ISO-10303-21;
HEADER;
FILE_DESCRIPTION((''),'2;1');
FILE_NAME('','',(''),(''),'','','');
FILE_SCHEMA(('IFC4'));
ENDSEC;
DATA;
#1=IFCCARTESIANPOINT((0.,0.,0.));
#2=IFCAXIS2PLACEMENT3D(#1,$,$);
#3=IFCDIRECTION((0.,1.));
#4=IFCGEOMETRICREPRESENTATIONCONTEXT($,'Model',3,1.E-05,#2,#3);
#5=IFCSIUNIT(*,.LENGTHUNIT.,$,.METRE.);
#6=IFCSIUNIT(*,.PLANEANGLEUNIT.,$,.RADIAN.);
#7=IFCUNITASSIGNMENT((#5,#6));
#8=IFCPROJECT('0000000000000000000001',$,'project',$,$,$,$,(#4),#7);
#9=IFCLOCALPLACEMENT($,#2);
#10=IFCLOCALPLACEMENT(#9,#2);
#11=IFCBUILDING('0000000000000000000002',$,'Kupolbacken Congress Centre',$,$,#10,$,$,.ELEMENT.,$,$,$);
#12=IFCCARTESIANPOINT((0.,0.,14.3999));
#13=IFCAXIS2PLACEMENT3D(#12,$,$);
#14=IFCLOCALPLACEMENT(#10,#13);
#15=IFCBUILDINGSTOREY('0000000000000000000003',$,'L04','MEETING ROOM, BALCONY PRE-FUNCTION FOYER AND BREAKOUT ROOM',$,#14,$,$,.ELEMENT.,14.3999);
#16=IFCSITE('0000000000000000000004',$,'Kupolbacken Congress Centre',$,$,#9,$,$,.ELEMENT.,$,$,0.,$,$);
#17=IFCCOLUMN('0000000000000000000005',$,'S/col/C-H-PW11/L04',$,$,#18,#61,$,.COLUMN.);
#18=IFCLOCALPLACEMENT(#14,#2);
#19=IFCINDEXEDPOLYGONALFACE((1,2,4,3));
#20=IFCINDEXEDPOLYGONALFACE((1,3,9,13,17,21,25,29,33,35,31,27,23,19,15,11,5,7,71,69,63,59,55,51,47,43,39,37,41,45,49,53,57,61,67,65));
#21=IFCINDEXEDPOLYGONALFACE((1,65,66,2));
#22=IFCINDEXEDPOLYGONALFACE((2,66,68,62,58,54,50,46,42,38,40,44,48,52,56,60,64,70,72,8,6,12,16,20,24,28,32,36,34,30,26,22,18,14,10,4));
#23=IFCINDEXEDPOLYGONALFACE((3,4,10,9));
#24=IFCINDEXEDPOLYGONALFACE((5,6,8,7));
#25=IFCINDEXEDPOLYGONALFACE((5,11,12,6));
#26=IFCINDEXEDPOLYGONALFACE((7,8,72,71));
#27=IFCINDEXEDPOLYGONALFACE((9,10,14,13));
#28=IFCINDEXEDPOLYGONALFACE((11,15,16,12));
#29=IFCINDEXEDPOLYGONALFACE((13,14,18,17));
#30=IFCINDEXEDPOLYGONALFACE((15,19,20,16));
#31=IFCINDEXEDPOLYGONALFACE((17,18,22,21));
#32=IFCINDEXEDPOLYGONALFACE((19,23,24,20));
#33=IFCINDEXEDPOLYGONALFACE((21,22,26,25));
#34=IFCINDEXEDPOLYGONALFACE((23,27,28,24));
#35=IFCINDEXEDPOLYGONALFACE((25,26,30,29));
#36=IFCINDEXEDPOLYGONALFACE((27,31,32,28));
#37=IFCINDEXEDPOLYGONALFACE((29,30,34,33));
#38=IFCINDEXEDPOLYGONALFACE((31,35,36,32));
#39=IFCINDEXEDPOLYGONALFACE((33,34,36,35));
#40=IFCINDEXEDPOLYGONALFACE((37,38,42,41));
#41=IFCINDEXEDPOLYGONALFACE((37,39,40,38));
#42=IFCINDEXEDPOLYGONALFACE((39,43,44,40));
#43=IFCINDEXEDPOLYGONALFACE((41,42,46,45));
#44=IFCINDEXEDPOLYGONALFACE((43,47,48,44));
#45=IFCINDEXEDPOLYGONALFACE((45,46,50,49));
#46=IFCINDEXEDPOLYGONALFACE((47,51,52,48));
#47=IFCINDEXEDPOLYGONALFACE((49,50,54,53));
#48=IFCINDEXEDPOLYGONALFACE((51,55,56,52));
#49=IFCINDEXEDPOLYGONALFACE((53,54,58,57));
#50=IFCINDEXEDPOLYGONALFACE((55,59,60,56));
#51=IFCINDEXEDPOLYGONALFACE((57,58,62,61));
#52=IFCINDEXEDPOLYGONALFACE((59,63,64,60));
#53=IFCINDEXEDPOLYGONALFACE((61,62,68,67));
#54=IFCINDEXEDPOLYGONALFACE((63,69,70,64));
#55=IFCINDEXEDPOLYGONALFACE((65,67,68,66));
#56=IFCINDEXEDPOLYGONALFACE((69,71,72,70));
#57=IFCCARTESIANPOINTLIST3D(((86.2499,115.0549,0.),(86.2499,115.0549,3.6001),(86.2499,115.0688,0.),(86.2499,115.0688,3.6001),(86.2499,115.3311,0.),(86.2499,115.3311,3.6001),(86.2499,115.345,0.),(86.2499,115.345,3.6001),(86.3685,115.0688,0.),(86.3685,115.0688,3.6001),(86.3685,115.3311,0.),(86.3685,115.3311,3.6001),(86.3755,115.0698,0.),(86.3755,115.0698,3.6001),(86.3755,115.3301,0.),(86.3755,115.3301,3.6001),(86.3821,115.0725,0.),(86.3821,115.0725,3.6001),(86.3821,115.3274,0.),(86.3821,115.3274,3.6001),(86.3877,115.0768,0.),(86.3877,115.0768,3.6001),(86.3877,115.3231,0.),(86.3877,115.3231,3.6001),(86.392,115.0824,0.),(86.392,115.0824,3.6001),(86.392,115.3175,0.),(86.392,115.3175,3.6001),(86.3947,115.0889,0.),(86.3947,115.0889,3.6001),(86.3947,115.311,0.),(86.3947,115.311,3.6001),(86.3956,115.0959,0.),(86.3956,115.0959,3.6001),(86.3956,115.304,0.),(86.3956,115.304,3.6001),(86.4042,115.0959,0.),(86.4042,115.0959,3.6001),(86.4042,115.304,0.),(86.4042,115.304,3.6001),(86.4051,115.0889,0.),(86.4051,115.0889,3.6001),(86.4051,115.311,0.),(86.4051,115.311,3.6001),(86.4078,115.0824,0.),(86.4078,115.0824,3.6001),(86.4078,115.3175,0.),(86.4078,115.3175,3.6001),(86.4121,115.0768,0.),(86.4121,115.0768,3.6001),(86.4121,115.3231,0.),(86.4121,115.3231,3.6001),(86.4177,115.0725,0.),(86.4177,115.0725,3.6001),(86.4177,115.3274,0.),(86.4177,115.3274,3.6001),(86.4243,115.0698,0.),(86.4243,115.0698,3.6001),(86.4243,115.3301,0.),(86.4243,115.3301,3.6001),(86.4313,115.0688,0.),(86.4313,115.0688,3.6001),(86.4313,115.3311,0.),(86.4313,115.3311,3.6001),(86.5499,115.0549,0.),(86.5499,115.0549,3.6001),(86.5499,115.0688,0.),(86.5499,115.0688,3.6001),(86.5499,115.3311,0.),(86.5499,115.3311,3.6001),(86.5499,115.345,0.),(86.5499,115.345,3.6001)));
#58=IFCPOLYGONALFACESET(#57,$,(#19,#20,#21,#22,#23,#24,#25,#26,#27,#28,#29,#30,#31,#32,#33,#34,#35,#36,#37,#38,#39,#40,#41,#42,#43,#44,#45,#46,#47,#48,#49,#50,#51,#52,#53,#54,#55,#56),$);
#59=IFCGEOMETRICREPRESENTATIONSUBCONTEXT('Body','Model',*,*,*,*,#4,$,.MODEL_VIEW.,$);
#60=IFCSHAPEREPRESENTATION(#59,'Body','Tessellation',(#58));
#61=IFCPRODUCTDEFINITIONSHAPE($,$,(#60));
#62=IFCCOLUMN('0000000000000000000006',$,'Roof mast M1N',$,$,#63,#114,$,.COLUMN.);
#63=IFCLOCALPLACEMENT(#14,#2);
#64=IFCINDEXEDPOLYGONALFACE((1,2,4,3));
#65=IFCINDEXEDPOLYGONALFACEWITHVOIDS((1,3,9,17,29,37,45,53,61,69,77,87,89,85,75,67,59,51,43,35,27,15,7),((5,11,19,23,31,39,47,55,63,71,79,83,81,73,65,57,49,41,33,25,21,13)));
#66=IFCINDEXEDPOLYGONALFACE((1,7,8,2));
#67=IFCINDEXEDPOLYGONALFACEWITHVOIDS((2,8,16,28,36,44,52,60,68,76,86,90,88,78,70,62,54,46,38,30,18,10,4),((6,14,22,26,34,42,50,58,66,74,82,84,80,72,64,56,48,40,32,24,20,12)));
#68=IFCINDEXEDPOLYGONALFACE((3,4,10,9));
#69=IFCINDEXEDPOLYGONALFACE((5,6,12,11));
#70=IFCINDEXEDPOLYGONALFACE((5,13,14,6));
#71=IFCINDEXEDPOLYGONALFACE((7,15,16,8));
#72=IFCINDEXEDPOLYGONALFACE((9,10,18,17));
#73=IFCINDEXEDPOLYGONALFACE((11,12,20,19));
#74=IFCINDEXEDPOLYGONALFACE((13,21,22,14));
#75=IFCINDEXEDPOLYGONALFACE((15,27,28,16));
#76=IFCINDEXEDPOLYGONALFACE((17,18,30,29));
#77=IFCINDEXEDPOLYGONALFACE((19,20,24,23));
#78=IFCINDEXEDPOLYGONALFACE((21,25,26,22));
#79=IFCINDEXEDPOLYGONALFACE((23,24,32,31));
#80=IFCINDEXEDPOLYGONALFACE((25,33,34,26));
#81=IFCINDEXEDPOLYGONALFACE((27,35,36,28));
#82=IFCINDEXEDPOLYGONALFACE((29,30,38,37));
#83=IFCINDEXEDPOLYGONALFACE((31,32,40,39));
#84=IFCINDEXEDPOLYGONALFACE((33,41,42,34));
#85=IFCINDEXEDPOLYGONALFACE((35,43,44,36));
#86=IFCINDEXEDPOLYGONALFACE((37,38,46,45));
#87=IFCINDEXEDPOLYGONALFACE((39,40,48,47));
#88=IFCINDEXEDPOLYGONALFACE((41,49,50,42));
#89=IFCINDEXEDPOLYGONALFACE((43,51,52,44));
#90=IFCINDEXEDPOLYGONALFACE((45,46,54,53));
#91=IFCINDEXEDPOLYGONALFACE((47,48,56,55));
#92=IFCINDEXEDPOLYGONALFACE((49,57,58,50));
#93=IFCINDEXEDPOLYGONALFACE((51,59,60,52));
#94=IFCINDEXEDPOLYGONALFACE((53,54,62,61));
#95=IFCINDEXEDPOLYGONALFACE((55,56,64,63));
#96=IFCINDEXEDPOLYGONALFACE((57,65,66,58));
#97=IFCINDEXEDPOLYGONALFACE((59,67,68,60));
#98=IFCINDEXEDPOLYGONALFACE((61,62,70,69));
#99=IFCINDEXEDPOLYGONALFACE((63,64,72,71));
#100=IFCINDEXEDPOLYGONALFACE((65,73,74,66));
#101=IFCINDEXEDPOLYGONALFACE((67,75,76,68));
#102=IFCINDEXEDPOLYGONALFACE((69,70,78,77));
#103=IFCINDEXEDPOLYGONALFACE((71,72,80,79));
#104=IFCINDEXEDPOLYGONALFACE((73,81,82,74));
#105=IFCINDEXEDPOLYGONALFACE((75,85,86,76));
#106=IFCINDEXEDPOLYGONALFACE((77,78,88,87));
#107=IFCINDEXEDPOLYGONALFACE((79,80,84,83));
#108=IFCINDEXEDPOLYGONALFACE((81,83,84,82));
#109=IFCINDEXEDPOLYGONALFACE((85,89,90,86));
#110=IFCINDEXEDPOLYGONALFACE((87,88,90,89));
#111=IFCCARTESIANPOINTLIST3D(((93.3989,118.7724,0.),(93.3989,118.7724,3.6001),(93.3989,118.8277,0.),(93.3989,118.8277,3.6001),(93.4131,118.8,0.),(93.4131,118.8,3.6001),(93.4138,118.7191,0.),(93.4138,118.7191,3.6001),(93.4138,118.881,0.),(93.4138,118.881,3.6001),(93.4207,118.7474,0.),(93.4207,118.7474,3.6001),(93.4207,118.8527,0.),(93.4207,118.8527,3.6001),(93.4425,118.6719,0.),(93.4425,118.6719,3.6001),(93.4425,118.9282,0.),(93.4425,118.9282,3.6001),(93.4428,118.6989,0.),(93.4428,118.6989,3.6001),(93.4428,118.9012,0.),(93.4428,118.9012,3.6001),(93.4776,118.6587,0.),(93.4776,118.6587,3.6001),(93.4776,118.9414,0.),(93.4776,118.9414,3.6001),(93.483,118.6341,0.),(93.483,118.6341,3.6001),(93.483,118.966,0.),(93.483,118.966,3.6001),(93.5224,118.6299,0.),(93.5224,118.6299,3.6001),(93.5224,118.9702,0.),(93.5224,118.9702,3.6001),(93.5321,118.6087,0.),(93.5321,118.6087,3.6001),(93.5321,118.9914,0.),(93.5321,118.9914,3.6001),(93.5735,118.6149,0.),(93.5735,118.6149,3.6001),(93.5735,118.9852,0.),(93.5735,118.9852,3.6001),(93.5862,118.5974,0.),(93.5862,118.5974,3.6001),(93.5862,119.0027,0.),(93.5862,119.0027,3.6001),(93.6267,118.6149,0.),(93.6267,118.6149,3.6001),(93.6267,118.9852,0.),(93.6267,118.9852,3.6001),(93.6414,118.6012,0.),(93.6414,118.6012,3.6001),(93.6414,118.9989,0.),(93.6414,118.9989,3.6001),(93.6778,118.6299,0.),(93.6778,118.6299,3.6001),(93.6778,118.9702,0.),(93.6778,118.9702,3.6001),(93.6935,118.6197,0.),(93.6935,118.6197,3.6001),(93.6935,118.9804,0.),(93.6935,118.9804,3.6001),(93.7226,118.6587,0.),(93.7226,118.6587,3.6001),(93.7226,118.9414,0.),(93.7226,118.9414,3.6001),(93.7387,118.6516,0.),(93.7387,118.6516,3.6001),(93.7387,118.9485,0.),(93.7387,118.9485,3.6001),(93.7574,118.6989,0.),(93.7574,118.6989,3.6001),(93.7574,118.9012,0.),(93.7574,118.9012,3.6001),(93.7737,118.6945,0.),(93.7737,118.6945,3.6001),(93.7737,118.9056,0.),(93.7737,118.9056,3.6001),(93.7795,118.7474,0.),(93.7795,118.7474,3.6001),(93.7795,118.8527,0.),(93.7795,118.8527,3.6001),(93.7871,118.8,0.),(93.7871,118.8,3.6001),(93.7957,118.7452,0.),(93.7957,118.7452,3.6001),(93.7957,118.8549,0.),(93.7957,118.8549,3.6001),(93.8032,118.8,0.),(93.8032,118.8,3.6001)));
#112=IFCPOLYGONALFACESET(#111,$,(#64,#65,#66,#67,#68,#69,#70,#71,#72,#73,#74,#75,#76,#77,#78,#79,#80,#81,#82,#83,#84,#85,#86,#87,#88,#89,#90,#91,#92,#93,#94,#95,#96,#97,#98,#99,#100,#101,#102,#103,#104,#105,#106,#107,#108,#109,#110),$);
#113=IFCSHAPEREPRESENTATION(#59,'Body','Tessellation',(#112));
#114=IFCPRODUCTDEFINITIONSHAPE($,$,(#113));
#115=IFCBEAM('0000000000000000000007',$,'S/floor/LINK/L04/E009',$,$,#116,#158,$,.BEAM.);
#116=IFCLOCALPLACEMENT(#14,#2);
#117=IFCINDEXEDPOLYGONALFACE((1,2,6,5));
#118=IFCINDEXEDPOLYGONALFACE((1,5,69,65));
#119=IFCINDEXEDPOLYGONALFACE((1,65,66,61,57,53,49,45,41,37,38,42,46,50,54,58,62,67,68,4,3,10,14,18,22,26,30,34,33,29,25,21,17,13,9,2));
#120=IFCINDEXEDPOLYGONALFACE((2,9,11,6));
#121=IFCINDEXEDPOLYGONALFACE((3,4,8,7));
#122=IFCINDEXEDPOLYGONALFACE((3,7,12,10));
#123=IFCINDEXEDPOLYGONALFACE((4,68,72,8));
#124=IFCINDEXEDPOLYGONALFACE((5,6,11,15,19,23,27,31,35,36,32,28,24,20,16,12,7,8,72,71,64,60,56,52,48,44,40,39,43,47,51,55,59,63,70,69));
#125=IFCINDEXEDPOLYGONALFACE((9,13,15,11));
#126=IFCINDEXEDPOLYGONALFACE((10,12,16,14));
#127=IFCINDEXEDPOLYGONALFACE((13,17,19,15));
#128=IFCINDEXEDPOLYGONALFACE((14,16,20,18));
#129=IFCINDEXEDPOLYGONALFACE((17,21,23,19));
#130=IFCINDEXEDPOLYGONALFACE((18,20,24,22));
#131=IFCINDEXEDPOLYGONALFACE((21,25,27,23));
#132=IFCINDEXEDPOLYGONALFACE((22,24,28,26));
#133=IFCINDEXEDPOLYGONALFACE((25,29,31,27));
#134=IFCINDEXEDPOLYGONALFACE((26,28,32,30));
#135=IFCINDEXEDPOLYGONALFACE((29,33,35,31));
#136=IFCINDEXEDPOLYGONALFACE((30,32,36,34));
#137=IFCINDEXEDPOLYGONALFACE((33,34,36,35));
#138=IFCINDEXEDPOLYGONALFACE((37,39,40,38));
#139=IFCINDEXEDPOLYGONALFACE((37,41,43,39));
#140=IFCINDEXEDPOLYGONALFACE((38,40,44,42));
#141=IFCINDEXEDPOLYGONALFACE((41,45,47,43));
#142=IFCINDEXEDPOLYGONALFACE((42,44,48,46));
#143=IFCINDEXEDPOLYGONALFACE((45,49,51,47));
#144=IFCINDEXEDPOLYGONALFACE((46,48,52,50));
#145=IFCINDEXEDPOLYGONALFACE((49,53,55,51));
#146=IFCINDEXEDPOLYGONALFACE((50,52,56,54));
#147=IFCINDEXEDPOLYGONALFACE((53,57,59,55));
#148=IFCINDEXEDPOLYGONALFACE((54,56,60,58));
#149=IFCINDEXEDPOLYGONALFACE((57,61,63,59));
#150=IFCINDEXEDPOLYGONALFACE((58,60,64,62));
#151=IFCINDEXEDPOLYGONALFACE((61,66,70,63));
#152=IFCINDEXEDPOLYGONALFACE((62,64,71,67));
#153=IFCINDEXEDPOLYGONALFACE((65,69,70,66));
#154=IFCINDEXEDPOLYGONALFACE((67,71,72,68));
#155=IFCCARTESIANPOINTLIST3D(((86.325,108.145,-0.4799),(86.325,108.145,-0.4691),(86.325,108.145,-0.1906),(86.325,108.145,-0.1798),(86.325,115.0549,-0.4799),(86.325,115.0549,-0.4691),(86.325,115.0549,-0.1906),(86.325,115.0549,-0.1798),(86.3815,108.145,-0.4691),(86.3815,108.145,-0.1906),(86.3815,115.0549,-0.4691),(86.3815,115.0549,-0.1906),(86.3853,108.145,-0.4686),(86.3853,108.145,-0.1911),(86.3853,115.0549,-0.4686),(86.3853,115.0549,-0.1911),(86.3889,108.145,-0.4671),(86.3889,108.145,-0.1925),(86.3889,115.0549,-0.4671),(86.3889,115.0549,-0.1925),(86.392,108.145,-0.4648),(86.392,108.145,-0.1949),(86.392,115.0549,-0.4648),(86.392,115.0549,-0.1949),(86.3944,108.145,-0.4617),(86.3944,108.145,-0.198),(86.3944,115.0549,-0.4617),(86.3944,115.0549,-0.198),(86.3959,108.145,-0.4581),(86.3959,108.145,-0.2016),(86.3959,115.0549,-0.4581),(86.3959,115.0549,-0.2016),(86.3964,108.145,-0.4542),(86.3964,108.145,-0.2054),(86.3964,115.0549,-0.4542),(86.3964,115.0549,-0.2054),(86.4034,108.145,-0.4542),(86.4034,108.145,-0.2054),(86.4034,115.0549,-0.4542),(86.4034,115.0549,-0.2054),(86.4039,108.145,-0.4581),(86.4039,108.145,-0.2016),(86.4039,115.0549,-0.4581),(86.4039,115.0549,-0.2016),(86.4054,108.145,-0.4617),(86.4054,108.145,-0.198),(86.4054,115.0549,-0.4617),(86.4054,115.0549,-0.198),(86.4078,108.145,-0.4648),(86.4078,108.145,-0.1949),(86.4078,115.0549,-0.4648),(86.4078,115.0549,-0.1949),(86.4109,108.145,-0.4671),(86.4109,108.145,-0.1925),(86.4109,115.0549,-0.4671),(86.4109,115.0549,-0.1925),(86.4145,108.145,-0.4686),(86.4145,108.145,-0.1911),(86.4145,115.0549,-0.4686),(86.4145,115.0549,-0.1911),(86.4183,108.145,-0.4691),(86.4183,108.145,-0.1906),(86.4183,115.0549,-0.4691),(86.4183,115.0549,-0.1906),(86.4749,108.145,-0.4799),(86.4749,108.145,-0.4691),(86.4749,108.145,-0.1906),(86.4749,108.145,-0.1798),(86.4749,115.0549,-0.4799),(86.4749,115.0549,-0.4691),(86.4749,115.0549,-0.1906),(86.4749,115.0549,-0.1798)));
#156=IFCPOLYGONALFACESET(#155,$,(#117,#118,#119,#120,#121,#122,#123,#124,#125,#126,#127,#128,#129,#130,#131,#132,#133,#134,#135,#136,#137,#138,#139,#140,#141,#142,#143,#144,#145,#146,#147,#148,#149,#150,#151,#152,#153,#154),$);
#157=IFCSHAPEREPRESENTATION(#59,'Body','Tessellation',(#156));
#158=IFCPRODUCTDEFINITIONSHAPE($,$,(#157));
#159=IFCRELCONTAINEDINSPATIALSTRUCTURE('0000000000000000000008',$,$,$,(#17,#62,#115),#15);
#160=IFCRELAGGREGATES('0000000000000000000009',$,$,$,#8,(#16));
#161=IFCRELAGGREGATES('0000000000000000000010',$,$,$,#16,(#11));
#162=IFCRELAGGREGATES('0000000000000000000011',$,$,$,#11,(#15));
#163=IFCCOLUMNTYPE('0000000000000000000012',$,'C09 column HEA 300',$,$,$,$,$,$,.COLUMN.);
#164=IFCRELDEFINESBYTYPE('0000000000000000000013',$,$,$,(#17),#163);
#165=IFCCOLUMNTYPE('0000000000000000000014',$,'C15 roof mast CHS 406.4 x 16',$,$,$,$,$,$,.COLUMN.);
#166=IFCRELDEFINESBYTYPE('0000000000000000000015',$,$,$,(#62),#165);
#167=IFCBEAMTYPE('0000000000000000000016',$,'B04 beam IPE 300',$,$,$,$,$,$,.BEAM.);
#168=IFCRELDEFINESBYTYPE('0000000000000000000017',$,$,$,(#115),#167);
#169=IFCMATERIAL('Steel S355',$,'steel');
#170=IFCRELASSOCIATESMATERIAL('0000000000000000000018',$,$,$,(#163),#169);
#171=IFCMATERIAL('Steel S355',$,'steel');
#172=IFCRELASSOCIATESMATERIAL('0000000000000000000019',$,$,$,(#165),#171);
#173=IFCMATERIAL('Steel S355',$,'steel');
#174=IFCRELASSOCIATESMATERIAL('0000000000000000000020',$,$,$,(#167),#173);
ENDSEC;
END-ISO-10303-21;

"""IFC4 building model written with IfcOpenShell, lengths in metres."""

from ifc_helpers import new_model, si_unit, direction, frame, origin, origin_2d, place, context, subcontext, project, spatial, hollow_circle, i_section, extrude, material, material_profile, profile_set, type_object, element, save


model = new_model("IFC4")

# Units and contexts
model_context = context("Model", 3, precision=1e-05, world=origin(), true_north=direction((0.0, 1.0)))
body_context = subcontext(model_context, "Body", "Model", "MODEL_VIEW")
ifc_project = project(units=[si_unit("LENGTHUNIT", "METRE"), si_unit("PLANEANGLEUNIT", "RADIAN")], contexts=[model_context])

# Site, building, storey
site_placement = place(None, origin())
site = spatial("IfcSite", under=ifc_project, at=site_placement, Name="Kupolbacken Congress Centre", CompositionType="ELEMENT", RefElevation=0.0)
building_placement = place(site_placement, origin())
building = spatial("IfcBuilding", under=site, at=building_placement, Name="Kupolbacken Congress Centre", CompositionType="ELEMENT")
storey_placement = place(building_placement, frame((0.0, 0.0, 14.3999)))
storey = spatial("IfcBuildingStorey", under=building, at=storey_placement, Name="L04", Description="MEETING ROOM, BALCONY PRE-FUNCTION FOYER AND BREAKOUT ROOM", CompositionType="ELEMENT", Elevation=14.3999)

# Columns
ifc_material_1 = material(Name="Steel S355", Category="steel")
ifc_material_profile_1 = material_profile(ifc_material_1, i_section(OverallWidth=0.3, OverallDepth=0.29, WebThickness=0.0085, FlangeThickness=0.0139, FilletRadius=0.0271, at=origin_2d()), Name="HEA 300")
ifc_profile_set_1 = profile_set([ifc_material_profile_1], Name="Steel S355")
column_type_1 = type_object("IfcColumnType", Name="C09 column HEA 300", PredefinedType="COLUMN", material=ifc_profile_set_1)
column_1_placement = place(storey_placement, frame((86.3999, 115.2, 0.0), z_axis=(0.0, 0.0, 1.0), x_axis=(1.0, 0.0, 0.0)))
element("IfcColumn", 1, at=column_1_placement, inside=storey, type_object=column_type_1, Name="S/col/C-H-PW11/L04", PredefinedType="COLUMN", context=body_context, shape_type="SweptSolid", body=[
    extrude(i_section(OverallWidth=0.3, OverallDepth=0.29, WebThickness=0.0085, FlangeThickness=0.0139, FilletRadius=0.0271, at=origin_2d()), origin(), (0.0, 0.0, 1.0), 3.6001),
])
ifc_material_2 = material(Name="Steel S355", Category="steel")
ifc_material_profile_2 = material_profile(ifc_material_2, hollow_circle(Radius=0.2031, WallThickness=0.0161, at=origin_2d()), Name="CHS 406.4 x 16")
ifc_profile_set_2 = profile_set([ifc_material_profile_2], Name="Steel S355")
column_type_2 = type_object("IfcColumnType", Name="C15 roof mast CHS 406.4 x 16", PredefinedType="COLUMN", material=ifc_profile_set_2)
column_2_placement = place(storey_placement, frame((93.6001, 118.8, 0.0), z_axis=(0.0, 0.0, 1.0), x_axis=(1.0, 0.0, 0.0)))
element("IfcColumn", 2, at=column_2_placement, inside=storey, type_object=column_type_2, Name="Roof mast M1N", PredefinedType="COLUMN", context=body_context, shape_type="SweptSolid", body=[
    extrude(hollow_circle(Radius=0.2031, WallThickness=0.0161, at=origin_2d()), origin(), (0.0, 0.0, 1.0), 3.6001),
])

# Beam
ifc_material_3 = material(Name="Steel S355", Category="steel")
ifc_material_profile_3 = material_profile(ifc_material_3, i_section(OverallWidth=0.1499, OverallDepth=0.3, WebThickness=0.0071, FlangeThickness=0.0107, FilletRadius=0.0149, at=origin_2d()), Name="IPE 300")
ifc_profile_set_3 = profile_set([ifc_material_profile_3], Name="Steel S355")
beam_type_1 = type_object("IfcBeamType", Name="B04 beam IPE 300", PredefinedType="BEAM", material=ifc_profile_set_3)
beam_1_placement = place(storey_placement, frame((86.3999, 108.145, -0.3298), z_axis=(0.0, 1.0, 0.0), x_axis=(-1.0, 0.0, 0.0)))
element("IfcBeam", 3, at=beam_1_placement, inside=storey, type_object=beam_type_1, Name="S/floor/LINK/L04/E009", PredefinedType="BEAM", context=body_context, shape_type="SweptSolid", body=[
    extrude(i_section(OverallWidth=0.1499, OverallDepth=0.3, WebThickness=0.0071, FlangeThickness=0.0107, FilletRadius=0.0149, at=origin_2d()), origin(), (0.0, 0.0, 1.0), 6.9099),
])

save(model, "model.ifc")
